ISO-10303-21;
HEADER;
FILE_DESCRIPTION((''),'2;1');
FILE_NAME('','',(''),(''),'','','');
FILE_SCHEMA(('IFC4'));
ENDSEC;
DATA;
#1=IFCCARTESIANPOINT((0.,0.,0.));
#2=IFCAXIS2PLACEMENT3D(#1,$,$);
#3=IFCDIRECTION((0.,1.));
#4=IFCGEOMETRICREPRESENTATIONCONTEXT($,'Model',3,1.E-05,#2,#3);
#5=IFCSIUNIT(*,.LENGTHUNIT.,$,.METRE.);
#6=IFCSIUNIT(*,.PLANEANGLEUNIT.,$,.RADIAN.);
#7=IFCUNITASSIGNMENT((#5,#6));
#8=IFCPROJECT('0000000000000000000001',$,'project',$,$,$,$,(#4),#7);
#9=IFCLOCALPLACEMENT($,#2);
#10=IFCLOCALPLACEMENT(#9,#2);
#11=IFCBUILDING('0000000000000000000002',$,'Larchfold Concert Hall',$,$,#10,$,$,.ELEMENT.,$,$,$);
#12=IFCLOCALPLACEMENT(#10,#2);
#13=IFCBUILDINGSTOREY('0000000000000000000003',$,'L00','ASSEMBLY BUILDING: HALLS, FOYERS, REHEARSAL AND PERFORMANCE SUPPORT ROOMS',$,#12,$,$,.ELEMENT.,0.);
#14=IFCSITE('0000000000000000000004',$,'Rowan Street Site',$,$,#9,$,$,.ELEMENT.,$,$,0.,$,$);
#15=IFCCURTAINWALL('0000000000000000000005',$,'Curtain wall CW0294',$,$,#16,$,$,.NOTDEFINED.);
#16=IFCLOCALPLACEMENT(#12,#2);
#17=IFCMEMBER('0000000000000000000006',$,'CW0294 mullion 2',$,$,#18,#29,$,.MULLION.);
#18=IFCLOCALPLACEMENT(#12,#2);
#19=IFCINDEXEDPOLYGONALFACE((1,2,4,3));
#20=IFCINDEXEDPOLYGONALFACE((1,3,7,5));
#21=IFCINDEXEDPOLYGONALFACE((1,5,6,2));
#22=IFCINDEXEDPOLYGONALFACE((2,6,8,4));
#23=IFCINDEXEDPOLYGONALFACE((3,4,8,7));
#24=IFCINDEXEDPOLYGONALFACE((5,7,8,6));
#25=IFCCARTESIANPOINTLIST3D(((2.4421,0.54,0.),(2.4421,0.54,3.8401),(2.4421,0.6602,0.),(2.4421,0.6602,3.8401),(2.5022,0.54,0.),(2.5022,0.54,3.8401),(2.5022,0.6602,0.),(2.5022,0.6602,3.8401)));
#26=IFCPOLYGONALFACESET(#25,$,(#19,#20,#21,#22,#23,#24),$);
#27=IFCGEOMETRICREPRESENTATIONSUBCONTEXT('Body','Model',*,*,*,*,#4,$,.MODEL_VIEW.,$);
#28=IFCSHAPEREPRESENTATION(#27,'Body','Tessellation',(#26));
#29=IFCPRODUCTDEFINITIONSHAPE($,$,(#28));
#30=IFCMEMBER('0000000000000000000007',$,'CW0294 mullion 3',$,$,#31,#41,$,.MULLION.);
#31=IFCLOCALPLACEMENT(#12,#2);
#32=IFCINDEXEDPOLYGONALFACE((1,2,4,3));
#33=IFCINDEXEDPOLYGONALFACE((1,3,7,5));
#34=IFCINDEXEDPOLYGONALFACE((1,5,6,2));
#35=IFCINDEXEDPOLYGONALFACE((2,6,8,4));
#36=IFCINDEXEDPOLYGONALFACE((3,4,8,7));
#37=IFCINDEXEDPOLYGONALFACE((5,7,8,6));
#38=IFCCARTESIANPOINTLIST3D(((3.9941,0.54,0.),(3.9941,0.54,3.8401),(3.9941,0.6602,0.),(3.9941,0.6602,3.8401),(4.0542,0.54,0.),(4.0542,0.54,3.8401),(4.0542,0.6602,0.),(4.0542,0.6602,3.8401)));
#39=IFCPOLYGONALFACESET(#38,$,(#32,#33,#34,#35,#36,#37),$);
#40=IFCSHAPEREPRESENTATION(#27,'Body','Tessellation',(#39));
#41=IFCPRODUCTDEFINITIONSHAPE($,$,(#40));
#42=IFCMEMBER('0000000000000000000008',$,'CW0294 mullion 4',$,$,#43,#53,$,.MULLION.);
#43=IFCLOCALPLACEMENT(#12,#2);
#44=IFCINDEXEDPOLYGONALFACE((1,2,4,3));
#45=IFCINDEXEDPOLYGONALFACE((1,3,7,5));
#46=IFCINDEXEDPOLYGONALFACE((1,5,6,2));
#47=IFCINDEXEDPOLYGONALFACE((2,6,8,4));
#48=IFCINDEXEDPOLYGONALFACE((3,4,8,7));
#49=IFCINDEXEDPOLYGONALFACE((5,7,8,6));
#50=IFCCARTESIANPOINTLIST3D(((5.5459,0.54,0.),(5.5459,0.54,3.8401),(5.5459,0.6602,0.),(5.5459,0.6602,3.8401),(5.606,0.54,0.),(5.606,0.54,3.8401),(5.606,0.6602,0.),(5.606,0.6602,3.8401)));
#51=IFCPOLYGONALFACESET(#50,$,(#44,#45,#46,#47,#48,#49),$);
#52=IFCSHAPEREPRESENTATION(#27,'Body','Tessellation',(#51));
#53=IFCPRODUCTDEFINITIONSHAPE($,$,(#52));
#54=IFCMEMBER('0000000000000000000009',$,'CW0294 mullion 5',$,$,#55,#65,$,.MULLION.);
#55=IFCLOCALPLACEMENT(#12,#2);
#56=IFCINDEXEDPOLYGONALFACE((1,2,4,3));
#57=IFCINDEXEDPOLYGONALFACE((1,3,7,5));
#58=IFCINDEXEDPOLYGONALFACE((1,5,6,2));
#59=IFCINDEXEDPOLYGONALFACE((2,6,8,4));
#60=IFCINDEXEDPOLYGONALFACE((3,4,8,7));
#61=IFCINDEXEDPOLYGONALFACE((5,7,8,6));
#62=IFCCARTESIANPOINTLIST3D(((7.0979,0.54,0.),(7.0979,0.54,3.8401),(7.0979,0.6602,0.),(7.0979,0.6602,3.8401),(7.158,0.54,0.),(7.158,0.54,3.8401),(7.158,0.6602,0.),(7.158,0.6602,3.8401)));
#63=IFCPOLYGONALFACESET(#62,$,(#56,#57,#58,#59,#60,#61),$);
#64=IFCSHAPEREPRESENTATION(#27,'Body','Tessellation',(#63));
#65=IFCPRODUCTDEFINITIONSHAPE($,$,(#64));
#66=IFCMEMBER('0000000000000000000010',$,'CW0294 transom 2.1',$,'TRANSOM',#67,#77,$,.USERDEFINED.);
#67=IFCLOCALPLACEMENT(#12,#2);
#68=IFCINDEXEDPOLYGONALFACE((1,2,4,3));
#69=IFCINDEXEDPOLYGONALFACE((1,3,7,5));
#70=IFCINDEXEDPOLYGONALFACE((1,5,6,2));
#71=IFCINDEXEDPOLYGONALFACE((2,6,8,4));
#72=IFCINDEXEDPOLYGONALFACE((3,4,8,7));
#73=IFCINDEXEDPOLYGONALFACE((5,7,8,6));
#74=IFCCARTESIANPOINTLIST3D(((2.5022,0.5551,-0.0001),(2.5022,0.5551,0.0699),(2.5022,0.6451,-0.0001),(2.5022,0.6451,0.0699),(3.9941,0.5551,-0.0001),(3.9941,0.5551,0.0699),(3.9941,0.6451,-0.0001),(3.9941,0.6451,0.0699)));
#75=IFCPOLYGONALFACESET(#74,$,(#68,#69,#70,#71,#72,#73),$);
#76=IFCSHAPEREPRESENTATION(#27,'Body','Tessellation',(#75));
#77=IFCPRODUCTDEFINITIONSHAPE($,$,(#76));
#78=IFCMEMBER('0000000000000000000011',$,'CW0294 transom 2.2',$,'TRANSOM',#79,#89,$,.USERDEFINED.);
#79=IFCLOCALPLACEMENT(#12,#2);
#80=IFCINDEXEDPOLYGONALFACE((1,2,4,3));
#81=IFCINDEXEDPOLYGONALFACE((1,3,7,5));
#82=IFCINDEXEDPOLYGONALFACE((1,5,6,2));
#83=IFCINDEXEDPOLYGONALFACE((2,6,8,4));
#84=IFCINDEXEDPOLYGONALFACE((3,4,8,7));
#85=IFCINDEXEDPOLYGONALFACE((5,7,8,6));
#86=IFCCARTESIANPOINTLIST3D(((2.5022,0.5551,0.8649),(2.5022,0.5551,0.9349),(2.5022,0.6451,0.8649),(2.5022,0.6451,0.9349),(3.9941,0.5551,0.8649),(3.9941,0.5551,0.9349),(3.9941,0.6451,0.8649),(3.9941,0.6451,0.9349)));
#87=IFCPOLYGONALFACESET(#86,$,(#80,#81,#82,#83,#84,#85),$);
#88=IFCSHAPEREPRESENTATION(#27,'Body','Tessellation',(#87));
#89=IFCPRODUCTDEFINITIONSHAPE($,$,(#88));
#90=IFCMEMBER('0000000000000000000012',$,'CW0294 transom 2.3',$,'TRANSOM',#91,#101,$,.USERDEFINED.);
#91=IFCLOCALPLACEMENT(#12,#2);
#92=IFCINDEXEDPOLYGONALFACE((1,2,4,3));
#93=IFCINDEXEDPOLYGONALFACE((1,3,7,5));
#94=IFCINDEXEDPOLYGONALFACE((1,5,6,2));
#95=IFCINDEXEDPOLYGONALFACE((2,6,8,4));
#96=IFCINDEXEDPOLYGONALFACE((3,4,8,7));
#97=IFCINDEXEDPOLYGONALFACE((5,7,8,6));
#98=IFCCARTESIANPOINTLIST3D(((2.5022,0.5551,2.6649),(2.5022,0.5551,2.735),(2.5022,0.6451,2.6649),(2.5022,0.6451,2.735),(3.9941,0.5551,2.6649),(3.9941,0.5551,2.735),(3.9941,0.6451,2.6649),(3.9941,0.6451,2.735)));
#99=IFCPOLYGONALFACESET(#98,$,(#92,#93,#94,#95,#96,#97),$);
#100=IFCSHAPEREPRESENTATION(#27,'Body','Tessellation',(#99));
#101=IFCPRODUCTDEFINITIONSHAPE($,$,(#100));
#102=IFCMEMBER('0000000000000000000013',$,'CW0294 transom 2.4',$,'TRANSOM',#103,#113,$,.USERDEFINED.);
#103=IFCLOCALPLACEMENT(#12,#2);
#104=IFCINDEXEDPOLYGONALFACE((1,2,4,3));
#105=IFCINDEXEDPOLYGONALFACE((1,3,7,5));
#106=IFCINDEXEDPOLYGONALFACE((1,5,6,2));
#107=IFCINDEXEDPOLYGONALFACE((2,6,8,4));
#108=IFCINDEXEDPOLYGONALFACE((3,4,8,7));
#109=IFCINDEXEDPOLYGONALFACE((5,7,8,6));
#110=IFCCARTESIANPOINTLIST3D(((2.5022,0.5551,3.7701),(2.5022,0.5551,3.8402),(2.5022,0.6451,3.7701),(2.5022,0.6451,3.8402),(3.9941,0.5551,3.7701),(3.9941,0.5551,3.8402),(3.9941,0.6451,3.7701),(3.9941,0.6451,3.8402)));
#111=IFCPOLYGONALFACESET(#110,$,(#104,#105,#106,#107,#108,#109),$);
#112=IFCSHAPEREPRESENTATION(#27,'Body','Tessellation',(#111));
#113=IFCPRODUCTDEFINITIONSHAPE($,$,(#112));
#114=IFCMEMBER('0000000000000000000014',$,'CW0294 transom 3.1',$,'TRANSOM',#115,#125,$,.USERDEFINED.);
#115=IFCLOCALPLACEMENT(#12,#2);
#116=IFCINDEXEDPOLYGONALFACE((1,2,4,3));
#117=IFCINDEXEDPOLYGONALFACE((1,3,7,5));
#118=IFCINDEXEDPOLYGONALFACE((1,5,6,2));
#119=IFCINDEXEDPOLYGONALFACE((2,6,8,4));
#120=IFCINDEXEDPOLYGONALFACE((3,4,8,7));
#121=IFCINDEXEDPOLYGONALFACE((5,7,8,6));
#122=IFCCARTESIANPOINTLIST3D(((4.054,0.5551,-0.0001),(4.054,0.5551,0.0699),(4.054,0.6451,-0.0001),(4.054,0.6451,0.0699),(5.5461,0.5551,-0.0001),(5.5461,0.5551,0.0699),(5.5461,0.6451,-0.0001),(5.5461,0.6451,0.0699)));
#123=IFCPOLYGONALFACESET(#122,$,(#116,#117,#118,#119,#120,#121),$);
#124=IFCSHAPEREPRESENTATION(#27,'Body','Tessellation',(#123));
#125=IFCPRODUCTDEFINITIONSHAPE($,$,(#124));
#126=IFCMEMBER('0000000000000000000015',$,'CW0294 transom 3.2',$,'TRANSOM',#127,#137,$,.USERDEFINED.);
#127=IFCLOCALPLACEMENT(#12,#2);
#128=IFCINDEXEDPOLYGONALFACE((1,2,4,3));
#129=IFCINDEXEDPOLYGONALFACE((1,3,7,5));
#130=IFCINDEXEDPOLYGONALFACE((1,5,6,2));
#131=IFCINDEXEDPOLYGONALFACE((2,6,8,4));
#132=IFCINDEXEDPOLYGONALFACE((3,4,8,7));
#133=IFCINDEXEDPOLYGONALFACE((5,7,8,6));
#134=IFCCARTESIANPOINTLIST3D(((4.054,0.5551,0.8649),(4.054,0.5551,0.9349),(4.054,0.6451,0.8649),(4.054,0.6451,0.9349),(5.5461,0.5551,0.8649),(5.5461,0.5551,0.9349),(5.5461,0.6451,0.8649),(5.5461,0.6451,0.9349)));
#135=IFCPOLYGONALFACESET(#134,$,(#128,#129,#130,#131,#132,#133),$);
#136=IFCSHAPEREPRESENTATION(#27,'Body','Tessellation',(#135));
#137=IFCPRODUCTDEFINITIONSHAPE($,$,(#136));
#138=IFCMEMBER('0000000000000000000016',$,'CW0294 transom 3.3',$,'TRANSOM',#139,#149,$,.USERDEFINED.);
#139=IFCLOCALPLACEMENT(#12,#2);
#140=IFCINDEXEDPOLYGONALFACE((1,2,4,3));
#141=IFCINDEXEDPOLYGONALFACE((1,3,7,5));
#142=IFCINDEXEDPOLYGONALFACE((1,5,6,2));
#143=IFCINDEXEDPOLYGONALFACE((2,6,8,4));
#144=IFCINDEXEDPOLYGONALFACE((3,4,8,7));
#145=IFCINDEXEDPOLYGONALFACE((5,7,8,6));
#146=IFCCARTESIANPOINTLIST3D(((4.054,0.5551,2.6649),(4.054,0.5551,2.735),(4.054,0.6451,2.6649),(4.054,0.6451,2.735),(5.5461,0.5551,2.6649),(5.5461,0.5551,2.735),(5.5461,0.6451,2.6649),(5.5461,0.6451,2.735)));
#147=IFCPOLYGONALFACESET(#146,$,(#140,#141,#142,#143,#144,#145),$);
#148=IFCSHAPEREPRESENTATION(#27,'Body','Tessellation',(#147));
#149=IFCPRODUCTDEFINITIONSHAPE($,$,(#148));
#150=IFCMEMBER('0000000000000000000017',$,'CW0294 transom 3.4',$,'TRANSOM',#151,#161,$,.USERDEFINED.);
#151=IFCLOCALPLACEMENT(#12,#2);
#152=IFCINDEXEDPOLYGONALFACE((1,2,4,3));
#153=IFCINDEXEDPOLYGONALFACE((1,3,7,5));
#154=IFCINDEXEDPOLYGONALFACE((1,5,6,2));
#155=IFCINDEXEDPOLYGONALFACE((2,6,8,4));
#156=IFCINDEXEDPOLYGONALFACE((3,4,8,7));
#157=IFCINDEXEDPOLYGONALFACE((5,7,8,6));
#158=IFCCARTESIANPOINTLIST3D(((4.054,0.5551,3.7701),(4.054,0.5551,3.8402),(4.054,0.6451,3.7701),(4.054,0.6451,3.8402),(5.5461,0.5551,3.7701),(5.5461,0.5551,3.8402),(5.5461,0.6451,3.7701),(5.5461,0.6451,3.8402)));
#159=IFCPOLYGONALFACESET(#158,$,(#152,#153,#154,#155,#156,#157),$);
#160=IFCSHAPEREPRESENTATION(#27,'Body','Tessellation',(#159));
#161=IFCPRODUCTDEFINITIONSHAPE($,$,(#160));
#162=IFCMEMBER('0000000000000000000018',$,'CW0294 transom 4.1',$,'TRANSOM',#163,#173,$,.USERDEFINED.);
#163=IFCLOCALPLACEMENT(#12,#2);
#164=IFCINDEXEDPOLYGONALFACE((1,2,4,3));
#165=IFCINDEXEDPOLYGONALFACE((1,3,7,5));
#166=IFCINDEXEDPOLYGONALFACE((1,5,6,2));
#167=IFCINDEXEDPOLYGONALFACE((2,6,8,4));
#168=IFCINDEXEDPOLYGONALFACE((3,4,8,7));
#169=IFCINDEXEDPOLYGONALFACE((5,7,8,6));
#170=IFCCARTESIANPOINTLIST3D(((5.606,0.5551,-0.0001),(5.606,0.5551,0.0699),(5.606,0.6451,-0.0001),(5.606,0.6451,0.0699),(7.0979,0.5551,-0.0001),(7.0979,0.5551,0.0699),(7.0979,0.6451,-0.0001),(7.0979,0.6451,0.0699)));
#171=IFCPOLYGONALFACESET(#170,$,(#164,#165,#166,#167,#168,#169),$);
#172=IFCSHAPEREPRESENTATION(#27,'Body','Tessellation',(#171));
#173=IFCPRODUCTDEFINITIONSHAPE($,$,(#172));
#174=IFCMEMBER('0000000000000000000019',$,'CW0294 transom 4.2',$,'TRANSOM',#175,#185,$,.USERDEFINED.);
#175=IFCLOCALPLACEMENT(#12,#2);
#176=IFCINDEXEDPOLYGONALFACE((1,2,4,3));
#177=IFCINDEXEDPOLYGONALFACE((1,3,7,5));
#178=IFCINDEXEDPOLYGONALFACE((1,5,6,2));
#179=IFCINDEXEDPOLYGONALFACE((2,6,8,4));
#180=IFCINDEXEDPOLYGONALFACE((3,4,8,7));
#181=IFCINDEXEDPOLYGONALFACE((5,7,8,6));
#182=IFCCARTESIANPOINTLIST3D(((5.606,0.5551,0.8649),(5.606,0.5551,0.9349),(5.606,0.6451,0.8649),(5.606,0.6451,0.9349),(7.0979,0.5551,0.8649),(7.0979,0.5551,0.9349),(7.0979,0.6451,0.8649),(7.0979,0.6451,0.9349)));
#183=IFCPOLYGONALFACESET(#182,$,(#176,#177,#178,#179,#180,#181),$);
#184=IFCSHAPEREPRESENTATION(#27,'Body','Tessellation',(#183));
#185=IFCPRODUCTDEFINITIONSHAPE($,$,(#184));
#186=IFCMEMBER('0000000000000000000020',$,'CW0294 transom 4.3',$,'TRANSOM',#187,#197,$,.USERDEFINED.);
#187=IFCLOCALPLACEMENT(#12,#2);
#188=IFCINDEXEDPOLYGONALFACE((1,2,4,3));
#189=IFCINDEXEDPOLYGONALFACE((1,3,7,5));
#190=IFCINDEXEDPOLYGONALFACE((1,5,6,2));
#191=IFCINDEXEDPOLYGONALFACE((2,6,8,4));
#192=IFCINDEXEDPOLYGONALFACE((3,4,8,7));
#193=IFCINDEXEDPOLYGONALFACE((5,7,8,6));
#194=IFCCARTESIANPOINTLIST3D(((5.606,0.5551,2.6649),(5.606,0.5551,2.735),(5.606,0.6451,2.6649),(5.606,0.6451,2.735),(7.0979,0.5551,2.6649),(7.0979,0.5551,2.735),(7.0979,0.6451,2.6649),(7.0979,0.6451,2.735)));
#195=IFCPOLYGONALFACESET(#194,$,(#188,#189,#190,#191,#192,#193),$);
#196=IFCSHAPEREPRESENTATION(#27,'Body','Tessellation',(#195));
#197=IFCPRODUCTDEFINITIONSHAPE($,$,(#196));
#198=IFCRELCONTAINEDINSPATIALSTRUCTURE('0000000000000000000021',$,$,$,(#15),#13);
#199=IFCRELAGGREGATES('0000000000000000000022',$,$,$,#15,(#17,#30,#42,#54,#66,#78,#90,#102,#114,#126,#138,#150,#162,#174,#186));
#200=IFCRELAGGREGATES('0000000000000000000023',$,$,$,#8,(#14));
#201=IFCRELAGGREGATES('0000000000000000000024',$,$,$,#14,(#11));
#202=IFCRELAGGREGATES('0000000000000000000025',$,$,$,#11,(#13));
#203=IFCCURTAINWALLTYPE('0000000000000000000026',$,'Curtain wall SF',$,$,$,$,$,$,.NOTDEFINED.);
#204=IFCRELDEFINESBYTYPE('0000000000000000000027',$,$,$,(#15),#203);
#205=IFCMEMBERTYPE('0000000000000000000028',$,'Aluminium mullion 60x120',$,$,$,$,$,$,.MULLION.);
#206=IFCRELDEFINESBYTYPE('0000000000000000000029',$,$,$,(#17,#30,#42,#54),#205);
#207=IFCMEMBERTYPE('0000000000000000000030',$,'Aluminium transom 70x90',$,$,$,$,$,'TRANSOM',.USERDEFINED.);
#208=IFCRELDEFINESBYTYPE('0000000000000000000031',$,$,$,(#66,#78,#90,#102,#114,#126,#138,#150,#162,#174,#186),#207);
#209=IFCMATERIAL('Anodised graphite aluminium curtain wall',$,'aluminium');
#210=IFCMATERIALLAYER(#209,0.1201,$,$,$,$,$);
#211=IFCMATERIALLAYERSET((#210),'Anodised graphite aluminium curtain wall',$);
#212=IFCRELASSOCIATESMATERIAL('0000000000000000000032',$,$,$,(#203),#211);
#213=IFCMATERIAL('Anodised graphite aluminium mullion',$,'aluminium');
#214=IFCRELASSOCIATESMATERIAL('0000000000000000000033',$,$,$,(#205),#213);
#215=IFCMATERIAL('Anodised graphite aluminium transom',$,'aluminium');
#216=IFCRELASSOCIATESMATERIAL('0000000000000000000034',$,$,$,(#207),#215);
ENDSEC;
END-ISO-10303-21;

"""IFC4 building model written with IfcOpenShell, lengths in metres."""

from ifc_helpers import new_model, si_unit, direction, frame, origin, origin_2d, place, context, subcontext, project, spatial, rectangle, extrude, material, layer, layer_set, material_profile, profile_set, type_object, element, aggregate, save


model = new_model("IFC4")

# Units and contexts
model_context = context("Model", 3, precision=1e-05, world=origin(), true_north=direction((0.0, 1.0)))
body_context = subcontext(model_context, "Body", "Model", "MODEL_VIEW")
ifc_project = project(units=[si_unit("LENGTHUNIT", "METRE"), si_unit("PLANEANGLEUNIT", "RADIAN")], contexts=[model_context])

# Site, building, storey
site_placement = place(None, origin())
site = spatial("IfcSite", under=ifc_project, at=site_placement, Name="Rowan Street Site", CompositionType="ELEMENT", RefElevation=0.0)
building_placement = place(site_placement, origin())
building = spatial("IfcBuilding", under=site, at=building_placement, Name="Larchfold Concert Hall", CompositionType="ELEMENT")
storey_placement = place(building_placement, origin())
storey = spatial("IfcBuildingStorey", under=building, at=storey_placement, Name="L00", Description="ASSEMBLY BUILDING: HALLS, FOYERS, REHEARSAL AND PERFORMANCE SUPPORT ROOMS", CompositionType="ELEMENT", Elevation=0.0)

# Curtain wall, members
ifc_material_1 = material(Name="Anodised graphite aluminium curtain wall", Category="aluminium")
ifc_layer_1 = layer(ifc_material_1, 0.1201)
ifc_layer_set_1 = layer_set([ifc_layer_1], Name="Anodised graphite aluminium curtain wall")
curtain_wall_type = type_object("IfcCurtainWallType", Name="Curtain wall SF", PredefinedType="NOTDEFINED", material=ifc_layer_set_1)
curtain_wall_placement = place(storey_placement, origin())
curtain_wall = element("IfcCurtainWall", 1, at=curtain_wall_placement, inside=storey, type_object=curtain_wall_type, Name="Curtain wall CW0294", PredefinedType="NOTDEFINED")
ifc_material_2 = material(Name="Anodised graphite aluminium mullion", Category="aluminium")
ifc_material_profile_1 = material_profile(ifc_material_2, rectangle(XDim=0.1201, YDim=0.0601, at=origin_2d()))
ifc_profile_set_1 = profile_set([ifc_material_profile_1], Name="Anodised graphite aluminium mullion")
member_type_1 = type_object("IfcMemberType", Name="Aluminium mullion 60x120", PredefinedType="MULLION", material=ifc_profile_set_1)
member_1_placement = place(storey_placement, frame((2.4722, 0.6001, 0.0), z_axis=(0.0, 0.0, 1.0), x_axis=(0.0, 1.0, 0.0)))
member_1 = element("IfcMember", 2, at=member_1_placement, type_object=member_type_1, Name="CW0294 mullion 2", PredefinedType="MULLION", context=body_context, shape_type="SweptSolid", body=[
    extrude(rectangle(XDim=0.1201, YDim=0.0601, at=origin_2d()), origin(), (0.0, 0.0, 1.0), 3.8401),
])
member_2_placement = place(storey_placement, frame((4.0242, 0.6001, 0.0), z_axis=(0.0, 0.0, 1.0), x_axis=(0.0, 1.0, 0.0)))
member_2 = element("IfcMember", 3, at=member_2_placement, type_object=member_type_1, Name="CW0294 mullion 3", PredefinedType="MULLION", context=body_context, shape_type="SweptSolid", body=[
    extrude(rectangle(XDim=0.1201, YDim=0.0601, at=origin_2d()), origin(), (0.0, 0.0, 1.0), 3.8401),
])
member_3_placement = place(storey_placement, frame((5.5759, 0.6001, 0.0), z_axis=(0.0, 0.0, 1.0), x_axis=(0.0, 1.0, 0.0)))
member_3 = element("IfcMember", 4, at=member_3_placement, type_object=member_type_1, Name="CW0294 mullion 4", PredefinedType="MULLION", context=body_context, shape_type="SweptSolid", body=[
    extrude(rectangle(XDim=0.1201, YDim=0.0601, at=origin_2d()), origin(), (0.0, 0.0, 1.0), 3.8401),
])
member_4_placement = place(storey_placement, frame((7.1279, 0.6001, 0.0), z_axis=(0.0, 0.0, 1.0), x_axis=(0.0, 1.0, 0.0)))
member_4 = element("IfcMember", 5, at=member_4_placement, type_object=member_type_1, Name="CW0294 mullion 5", PredefinedType="MULLION", context=body_context, shape_type="SweptSolid", body=[
    extrude(rectangle(XDim=0.1201, YDim=0.0601, at=origin_2d()), origin(), (0.0, 0.0, 1.0), 3.8401),
])
ifc_material_3 = material(Name="Anodised graphite aluminium transom", Category="aluminium")
ifc_material_profile_2 = material_profile(ifc_material_3, rectangle(XDim=0.0901, YDim=0.0701, at=origin_2d()))
ifc_profile_set_2 = profile_set([ifc_material_profile_2], Name="Anodised graphite aluminium transom")
member_type_2 = type_object("IfcMemberType", Name="Aluminium transom 70x90", ElementType="TRANSOM", PredefinedType="USERDEFINED", material=ifc_profile_set_2)
member_5_placement = place(storey_placement, frame((2.5022, 0.6001, 0.0349), z_axis=(1.0, 0.0, 0.0), x_axis=(0.0, 1.0, 0.0)))
member_5 = element("IfcMember", 6, at=member_5_placement, type_object=member_type_2, Name="CW0294 transom 2.1", ObjectType="TRANSOM", PredefinedType="USERDEFINED", context=body_context, shape_type="SweptSolid", body=[
    extrude(rectangle(XDim=0.0901, YDim=0.0701, at=origin_2d()), origin(), (0.0, 0.0, 1.0), 1.4919),
])
member_6_placement = place(storey_placement, frame((2.5022, 0.6001, 0.8999), z_axis=(1.0, 0.0, 0.0), x_axis=(0.0, 1.0, 0.0)))
member_6 = element("IfcMember", 7, at=member_6_placement, type_object=member_type_2, Name="CW0294 transom 2.2", ObjectType="TRANSOM", PredefinedType="USERDEFINED", context=body_context, shape_type="SweptSolid", body=[
    extrude(rectangle(XDim=0.0901, YDim=0.0701, at=origin_2d()), origin(), (0.0, 0.0, 1.0), 1.4919),
])
member_7_placement = place(storey_placement, frame((2.5022, 0.6001, 2.7), z_axis=(1.0, 0.0, 0.0), x_axis=(0.0, 1.0, 0.0)))
member_7 = element("IfcMember", 8, at=member_7_placement, type_object=member_type_2, Name="CW0294 transom 2.3", ObjectType="TRANSOM", PredefinedType="USERDEFINED", context=body_context, shape_type="SweptSolid", body=[
    extrude(rectangle(XDim=0.0901, YDim=0.0701, at=origin_2d()), origin(), (0.0, 0.0, 1.0), 1.4919),
])
member_8_placement = place(storey_placement, frame((2.5022, 0.6001, 3.8052), z_axis=(1.0, 0.0, 0.0), x_axis=(0.0, 1.0, 0.0)))
member_8 = element("IfcMember", 9, at=member_8_placement, type_object=member_type_2, Name="CW0294 transom 2.4", ObjectType="TRANSOM", PredefinedType="USERDEFINED", context=body_context, shape_type="SweptSolid", body=[
    extrude(rectangle(XDim=0.0901, YDim=0.0701, at=origin_2d()), origin(), (0.0, 0.0, 1.0), 1.4919),
])
member_9_placement = place(storey_placement, frame((4.054, 0.6001, 0.0349), z_axis=(1.0, 0.0, 0.0), x_axis=(0.0, 1.0, 0.0)))
member_9 = element("IfcMember", 10, at=member_9_placement, type_object=member_type_2, Name="CW0294 transom 3.1", ObjectType="TRANSOM", PredefinedType="USERDEFINED", context=body_context, shape_type="SweptSolid", body=[
    extrude(rectangle(XDim=0.0901, YDim=0.0701, at=origin_2d()), origin(), (0.0, 0.0, 1.0), 1.4922),
])
member_10_placement = place(storey_placement, frame((4.054, 0.6001, 0.8999), z_axis=(1.0, 0.0, 0.0), x_axis=(0.0, 1.0, 0.0)))
member_10 = element("IfcMember", 11, at=member_10_placement, type_object=member_type_2, Name="CW0294 transom 3.2", ObjectType="TRANSOM", PredefinedType="USERDEFINED", context=body_context, shape_type="SweptSolid", body=[
    extrude(rectangle(XDim=0.0901, YDim=0.0701, at=origin_2d()), origin(), (0.0, 0.0, 1.0), 1.4922),
])
member_11_placement = place(storey_placement, frame((4.054, 0.6001, 2.7), z_axis=(1.0, 0.0, 0.0), x_axis=(0.0, 1.0, 0.0)))
member_11 = element("IfcMember", 12, at=member_11_placement, type_object=member_type_2, Name="CW0294 transom 3.3", ObjectType="TRANSOM", PredefinedType="USERDEFINED", context=body_context, shape_type="SweptSolid", body=[
    extrude(rectangle(XDim=0.0901, YDim=0.0701, at=origin_2d()), origin(), (0.0, 0.0, 1.0), 1.4922),
])
member_12_placement = place(storey_placement, frame((4.054, 0.6001, 3.8052), z_axis=(1.0, 0.0, 0.0), x_axis=(0.0, 1.0, 0.0)))
member_12 = element("IfcMember", 13, at=member_12_placement, type_object=member_type_2, Name="CW0294 transom 3.4", ObjectType="TRANSOM", PredefinedType="USERDEFINED", context=body_context, shape_type="SweptSolid", body=[
    extrude(rectangle(XDim=0.0901, YDim=0.0701, at=origin_2d()), origin(), (0.0, 0.0, 1.0), 1.4922),
])
member_13_placement = place(storey_placement, frame((5.606, 0.6001, 0.0349), z_axis=(1.0, 0.0, 0.0), x_axis=(0.0, 1.0, 0.0)))
member_13 = element("IfcMember", 14, at=member_13_placement, type_object=member_type_2, Name="CW0294 transom 4.1", ObjectType="TRANSOM", PredefinedType="USERDEFINED", context=body_context, shape_type="SweptSolid", body=[
    extrude(rectangle(XDim=0.0901, YDim=0.0701, at=origin_2d()), origin(), (0.0, 0.0, 1.0), 1.4919),
])
member_14_placement = place(storey_placement, frame((5.606, 0.6001, 0.8999), z_axis=(1.0, 0.0, 0.0), x_axis=(0.0, 1.0, 0.0)))
member_14 = element("IfcMember", 15, at=member_14_placement, type_object=member_type_2, Name="CW0294 transom 4.2", ObjectType="TRANSOM", PredefinedType="USERDEFINED", context=body_context, shape_type="SweptSolid", body=[
    extrude(rectangle(XDim=0.0901, YDim=0.0701, at=origin_2d()), origin(), (0.0, 0.0, 1.0), 1.4919),
])
member_15_placement = place(storey_placement, frame((5.606, 0.6001, 2.7), z_axis=(1.0, 0.0, 0.0), x_axis=(0.0, 1.0, 0.0)))
member_15 = element("IfcMember", 16, at=member_15_placement, type_object=member_type_2, Name="CW0294 transom 4.3", ObjectType="TRANSOM", PredefinedType="USERDEFINED", context=body_context, shape_type="SweptSolid", body=[
    extrude(rectangle(XDim=0.0901, YDim=0.0701, at=origin_2d()), origin(), (0.0, 0.0, 1.0), 1.4919),
])
aggregate(curtain_wall, [member_1, member_2, member_3, member_4, member_5, member_6, member_7, member_8, member_9, member_10, member_11, member_12, member_13, member_14, member_15])

save(model, "model.ifc")
